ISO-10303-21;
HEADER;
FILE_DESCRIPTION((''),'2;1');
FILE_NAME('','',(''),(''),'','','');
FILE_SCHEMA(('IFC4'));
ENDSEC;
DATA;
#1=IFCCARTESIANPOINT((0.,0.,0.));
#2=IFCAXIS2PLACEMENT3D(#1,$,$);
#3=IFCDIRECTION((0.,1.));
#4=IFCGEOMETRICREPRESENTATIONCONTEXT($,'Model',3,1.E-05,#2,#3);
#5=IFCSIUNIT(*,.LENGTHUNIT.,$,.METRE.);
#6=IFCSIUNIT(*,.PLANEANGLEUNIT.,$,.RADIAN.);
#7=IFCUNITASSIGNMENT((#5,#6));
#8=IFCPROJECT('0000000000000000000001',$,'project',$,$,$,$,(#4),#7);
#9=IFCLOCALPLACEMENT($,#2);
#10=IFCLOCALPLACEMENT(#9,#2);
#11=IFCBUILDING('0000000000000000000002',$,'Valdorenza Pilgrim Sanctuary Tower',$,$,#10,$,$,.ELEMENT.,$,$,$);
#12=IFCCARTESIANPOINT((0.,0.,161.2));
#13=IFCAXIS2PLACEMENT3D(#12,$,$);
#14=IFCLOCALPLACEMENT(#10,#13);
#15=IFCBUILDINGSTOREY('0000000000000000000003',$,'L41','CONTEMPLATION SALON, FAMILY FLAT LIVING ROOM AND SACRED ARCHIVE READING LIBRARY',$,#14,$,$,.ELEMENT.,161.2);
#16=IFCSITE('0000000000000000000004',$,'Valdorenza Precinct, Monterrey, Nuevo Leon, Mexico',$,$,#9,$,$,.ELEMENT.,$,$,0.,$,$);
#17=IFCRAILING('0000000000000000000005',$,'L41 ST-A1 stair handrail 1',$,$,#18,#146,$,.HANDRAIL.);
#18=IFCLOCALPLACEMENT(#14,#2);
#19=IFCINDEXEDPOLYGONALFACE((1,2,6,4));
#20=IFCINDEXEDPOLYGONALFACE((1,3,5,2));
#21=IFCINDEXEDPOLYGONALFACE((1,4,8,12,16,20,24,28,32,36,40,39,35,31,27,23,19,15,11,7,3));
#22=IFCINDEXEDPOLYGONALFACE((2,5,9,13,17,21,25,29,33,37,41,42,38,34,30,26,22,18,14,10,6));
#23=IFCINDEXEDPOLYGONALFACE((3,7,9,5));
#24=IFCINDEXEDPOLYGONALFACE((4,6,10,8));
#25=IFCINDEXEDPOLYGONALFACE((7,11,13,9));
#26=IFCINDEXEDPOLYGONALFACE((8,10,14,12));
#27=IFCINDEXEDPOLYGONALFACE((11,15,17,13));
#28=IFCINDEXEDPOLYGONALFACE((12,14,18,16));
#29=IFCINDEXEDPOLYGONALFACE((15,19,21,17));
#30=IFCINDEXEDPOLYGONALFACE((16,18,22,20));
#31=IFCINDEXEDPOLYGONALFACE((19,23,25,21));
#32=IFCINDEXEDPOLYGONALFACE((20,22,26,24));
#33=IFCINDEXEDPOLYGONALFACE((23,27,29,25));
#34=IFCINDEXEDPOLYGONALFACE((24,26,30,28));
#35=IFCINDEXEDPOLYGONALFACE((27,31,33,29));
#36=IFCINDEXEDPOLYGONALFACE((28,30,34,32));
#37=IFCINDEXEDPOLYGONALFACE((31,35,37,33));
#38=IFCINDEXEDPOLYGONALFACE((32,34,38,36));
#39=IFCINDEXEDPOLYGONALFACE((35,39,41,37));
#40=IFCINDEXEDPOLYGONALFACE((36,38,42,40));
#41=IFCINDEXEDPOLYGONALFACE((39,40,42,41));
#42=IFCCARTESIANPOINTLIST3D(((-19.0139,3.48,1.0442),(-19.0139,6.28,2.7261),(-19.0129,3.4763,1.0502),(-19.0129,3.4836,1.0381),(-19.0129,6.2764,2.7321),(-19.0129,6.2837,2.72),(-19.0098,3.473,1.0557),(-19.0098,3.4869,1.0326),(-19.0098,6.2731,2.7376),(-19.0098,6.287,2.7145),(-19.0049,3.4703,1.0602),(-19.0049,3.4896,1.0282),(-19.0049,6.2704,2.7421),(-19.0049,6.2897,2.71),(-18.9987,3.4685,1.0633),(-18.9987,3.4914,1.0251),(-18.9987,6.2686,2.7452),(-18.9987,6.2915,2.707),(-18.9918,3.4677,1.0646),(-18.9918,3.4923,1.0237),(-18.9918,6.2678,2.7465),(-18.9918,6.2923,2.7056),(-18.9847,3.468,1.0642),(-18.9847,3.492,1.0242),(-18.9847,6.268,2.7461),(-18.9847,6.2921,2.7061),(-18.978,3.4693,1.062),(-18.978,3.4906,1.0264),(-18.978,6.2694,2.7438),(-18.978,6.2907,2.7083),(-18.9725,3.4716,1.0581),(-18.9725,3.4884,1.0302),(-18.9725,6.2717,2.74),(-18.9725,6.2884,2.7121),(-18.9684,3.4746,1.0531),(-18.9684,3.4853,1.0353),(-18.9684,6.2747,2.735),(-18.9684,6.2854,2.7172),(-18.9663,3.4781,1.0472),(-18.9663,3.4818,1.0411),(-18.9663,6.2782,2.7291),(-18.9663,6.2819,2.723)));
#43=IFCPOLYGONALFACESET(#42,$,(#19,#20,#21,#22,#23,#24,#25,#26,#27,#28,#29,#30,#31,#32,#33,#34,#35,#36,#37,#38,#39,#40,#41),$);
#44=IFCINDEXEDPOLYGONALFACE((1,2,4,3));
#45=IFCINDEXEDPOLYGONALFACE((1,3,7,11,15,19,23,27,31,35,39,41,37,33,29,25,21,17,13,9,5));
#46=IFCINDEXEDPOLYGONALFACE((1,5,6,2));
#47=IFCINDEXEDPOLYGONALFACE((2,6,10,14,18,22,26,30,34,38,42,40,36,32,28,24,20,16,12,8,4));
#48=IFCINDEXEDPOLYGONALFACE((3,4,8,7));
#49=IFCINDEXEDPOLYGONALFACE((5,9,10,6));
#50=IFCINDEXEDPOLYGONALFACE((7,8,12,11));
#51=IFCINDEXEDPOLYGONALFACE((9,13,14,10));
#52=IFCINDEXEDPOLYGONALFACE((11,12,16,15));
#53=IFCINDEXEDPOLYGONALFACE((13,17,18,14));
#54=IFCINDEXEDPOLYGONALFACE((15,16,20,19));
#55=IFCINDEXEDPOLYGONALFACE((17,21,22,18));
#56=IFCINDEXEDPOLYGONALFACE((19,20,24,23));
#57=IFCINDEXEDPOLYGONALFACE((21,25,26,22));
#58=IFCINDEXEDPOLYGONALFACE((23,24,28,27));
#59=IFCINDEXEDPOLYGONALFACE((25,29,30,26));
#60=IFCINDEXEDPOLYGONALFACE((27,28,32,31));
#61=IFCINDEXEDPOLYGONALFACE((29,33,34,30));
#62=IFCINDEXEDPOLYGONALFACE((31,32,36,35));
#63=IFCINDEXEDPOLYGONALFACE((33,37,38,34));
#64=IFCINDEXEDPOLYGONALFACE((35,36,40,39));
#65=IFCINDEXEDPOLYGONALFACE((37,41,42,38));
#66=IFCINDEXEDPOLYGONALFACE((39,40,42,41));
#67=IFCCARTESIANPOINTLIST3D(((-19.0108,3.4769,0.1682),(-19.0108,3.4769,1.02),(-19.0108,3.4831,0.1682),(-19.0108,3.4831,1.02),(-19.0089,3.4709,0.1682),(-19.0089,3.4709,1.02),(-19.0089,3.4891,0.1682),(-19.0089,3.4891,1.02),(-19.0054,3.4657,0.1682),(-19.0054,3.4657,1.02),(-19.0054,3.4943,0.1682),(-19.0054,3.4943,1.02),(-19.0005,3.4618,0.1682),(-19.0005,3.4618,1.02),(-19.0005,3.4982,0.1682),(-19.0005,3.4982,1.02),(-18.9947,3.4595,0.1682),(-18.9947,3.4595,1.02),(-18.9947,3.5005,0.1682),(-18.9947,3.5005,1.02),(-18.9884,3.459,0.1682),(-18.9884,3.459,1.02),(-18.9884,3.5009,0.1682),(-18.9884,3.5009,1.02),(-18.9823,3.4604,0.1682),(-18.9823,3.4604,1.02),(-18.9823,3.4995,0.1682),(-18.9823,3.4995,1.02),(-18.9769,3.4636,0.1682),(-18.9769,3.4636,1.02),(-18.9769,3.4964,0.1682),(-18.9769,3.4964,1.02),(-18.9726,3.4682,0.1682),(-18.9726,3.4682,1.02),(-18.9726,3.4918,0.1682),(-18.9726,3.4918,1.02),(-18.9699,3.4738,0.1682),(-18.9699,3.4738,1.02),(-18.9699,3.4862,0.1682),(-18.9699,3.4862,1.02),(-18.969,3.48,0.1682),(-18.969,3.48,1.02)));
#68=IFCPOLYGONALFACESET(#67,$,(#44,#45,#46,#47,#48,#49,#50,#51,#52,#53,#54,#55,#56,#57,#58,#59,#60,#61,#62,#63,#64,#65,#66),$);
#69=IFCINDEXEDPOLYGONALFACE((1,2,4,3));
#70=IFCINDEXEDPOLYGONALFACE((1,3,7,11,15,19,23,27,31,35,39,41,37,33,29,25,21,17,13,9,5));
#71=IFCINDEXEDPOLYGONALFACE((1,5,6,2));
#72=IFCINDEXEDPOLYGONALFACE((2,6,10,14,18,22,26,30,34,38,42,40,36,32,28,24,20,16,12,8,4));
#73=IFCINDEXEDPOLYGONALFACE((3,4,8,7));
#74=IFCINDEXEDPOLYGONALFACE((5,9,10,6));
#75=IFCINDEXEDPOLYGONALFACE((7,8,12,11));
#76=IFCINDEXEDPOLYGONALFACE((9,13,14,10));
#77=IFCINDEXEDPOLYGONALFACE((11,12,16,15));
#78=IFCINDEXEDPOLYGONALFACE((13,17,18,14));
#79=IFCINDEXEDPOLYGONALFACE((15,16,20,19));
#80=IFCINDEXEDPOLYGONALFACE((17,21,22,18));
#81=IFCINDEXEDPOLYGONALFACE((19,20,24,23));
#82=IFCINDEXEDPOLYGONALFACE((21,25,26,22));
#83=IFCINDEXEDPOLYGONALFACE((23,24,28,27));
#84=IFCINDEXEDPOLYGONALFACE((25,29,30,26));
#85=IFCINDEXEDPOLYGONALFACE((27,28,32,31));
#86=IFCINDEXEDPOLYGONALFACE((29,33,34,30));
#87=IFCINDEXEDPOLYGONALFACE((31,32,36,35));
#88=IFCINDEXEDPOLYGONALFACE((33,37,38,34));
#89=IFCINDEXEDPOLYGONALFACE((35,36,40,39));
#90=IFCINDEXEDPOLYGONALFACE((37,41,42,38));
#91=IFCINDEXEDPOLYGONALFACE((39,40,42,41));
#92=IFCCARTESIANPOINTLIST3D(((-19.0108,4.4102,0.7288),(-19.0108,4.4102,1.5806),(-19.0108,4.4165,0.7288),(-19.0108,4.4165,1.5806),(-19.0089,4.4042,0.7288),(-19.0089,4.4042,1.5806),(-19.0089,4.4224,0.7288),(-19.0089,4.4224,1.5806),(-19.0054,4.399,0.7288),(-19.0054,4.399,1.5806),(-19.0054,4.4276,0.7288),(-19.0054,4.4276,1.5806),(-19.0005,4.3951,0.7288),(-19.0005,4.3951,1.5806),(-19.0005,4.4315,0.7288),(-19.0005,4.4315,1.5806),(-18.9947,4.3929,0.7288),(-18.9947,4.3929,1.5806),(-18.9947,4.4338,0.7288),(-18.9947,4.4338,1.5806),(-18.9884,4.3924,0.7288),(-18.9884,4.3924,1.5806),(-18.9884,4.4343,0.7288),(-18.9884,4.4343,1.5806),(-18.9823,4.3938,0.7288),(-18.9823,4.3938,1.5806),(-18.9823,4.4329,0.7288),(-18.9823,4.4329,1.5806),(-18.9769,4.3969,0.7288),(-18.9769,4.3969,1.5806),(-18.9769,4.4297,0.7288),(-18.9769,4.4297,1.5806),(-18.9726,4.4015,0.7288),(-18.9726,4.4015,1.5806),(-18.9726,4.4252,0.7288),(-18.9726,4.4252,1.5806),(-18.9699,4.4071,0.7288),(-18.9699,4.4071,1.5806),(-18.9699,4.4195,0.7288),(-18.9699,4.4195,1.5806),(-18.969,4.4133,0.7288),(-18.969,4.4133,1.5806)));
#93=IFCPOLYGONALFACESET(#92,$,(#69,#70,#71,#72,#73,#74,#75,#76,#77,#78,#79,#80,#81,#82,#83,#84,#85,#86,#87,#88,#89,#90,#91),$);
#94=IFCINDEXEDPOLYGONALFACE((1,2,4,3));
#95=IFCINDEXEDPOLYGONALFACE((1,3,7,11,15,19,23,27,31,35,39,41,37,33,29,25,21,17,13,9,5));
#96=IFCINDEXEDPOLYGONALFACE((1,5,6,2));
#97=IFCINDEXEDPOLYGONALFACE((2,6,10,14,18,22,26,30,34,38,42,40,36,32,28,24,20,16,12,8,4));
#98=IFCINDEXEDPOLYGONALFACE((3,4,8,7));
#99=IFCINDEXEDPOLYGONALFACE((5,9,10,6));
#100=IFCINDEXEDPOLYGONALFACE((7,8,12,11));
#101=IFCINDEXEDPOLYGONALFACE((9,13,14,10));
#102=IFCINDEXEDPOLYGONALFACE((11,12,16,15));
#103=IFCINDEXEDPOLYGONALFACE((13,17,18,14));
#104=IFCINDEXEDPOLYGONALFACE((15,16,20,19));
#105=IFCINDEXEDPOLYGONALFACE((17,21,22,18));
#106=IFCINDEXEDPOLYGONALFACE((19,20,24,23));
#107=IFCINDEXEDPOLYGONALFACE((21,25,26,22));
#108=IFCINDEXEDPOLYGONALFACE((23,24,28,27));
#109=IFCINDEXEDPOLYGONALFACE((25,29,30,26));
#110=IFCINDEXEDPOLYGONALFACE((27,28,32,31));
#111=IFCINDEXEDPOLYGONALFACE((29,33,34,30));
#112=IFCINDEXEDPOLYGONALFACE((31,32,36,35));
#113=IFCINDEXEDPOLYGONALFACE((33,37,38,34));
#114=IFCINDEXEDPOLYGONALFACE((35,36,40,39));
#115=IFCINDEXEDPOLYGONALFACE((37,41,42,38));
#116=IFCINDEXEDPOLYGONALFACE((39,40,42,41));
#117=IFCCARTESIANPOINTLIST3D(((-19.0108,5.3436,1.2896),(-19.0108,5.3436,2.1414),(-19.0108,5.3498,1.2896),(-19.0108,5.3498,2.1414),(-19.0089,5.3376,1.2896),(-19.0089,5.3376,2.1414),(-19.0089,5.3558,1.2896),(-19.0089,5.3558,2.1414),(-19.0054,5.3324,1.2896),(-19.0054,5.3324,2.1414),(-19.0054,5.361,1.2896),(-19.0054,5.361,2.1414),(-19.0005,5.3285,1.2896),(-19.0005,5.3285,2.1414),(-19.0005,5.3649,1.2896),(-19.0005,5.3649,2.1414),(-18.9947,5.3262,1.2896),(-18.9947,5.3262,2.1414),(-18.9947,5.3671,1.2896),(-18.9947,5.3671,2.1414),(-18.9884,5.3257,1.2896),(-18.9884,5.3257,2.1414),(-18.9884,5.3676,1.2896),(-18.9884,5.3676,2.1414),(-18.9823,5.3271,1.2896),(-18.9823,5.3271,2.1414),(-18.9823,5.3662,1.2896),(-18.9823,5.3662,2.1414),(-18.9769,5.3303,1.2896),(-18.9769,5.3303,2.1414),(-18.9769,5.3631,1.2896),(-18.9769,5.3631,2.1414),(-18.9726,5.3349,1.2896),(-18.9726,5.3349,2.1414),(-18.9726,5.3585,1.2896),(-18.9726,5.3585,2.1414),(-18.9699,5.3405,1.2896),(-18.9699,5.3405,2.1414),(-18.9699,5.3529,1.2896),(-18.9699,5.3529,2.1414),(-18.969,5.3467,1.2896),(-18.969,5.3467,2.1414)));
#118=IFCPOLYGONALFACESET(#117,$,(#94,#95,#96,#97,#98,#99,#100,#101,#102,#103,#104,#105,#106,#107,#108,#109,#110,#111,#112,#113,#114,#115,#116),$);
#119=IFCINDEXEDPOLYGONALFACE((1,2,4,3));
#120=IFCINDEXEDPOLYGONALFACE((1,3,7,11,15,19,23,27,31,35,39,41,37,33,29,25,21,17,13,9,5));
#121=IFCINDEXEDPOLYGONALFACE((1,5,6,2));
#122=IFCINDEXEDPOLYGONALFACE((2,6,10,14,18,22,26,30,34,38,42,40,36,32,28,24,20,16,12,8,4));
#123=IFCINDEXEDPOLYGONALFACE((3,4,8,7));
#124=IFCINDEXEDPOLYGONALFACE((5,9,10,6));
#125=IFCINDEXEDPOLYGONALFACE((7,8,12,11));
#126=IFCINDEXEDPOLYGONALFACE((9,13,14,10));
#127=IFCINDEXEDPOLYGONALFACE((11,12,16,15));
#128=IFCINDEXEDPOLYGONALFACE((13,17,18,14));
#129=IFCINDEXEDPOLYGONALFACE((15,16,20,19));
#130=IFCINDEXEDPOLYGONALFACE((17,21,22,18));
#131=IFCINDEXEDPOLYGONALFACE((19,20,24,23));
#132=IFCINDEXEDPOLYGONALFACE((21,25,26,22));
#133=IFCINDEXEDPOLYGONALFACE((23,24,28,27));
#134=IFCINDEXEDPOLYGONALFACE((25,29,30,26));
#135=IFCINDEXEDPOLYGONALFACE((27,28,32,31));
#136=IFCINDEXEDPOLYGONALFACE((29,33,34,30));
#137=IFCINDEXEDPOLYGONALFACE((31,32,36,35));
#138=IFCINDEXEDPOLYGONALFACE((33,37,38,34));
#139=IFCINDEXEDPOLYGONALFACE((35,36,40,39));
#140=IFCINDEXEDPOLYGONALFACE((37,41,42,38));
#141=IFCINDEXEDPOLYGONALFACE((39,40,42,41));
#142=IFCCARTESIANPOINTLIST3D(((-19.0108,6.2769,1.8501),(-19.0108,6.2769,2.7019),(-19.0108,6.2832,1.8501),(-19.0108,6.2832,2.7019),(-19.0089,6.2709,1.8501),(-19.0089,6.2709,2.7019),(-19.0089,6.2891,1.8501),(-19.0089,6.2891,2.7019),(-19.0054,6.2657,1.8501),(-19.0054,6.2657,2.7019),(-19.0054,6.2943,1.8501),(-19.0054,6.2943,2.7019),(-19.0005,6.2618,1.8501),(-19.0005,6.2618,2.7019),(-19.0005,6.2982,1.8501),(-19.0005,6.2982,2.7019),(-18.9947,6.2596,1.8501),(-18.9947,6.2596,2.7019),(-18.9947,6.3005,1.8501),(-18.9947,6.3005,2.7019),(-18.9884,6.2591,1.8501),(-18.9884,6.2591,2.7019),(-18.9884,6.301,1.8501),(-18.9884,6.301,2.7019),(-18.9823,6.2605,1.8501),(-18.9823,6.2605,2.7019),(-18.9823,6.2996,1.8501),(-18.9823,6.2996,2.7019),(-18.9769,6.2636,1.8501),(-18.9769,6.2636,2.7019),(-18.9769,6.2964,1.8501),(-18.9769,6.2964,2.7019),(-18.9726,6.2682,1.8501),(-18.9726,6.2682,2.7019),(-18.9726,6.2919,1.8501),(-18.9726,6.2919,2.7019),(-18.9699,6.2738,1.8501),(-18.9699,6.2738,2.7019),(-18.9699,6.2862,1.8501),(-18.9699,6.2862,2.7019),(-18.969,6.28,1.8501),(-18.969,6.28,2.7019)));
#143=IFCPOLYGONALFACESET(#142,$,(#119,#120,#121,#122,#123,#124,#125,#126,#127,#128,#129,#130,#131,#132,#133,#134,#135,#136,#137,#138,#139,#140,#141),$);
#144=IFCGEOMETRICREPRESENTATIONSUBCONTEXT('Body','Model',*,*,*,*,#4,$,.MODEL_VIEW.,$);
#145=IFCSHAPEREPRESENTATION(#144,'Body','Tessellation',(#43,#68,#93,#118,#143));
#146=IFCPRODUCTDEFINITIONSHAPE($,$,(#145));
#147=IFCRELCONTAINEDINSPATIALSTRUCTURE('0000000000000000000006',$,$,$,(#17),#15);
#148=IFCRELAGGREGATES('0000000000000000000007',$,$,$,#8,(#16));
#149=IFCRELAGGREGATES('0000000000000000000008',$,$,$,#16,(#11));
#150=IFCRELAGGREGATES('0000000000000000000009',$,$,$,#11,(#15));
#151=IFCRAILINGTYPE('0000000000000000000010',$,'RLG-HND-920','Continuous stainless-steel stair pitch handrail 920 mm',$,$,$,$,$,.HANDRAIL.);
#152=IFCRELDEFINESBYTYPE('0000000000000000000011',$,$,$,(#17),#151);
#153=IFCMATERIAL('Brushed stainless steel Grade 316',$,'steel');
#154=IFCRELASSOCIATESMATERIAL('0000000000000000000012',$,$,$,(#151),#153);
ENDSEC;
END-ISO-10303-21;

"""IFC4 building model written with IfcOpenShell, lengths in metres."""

from ifc_helpers import new_model, si_unit, direction, frame, origin, origin_2d, place, context, subcontext, project, spatial, circle, extrude, material, type_object, element, save


model = new_model("IFC4")

# Units and contexts
model_context = context("Model", 3, precision=1e-05, world=origin(), true_north=direction((0.0, 1.0)))
body_context = subcontext(model_context, "Body", "Model", "MODEL_VIEW")
ifc_project = project(units=[si_unit("LENGTHUNIT", "METRE"), si_unit("PLANEANGLEUNIT", "RADIAN")], contexts=[model_context])

# Site, building, storey
site_placement = place(None, origin())
site = spatial("IfcSite", under=ifc_project, at=site_placement, Name="Valdorenza Precinct, Monterrey, Nuevo Leon, Mexico", CompositionType="ELEMENT", RefElevation=0.0)
building_placement = place(site_placement, origin())
building = spatial("IfcBuilding", under=site, at=building_placement, Name="Valdorenza Pilgrim Sanctuary Tower", CompositionType="ELEMENT")
storey_placement = place(building_placement, frame((0.0, 0.0, 161.2)))
storey = spatial("IfcBuildingStorey", under=building, at=storey_placement, Name="L41", Description="CONTEMPLATION SALON, FAMILY FLAT LIVING ROOM AND SACRED ARCHIVE READING LIBRARY", CompositionType="ELEMENT", Elevation=161.2)

# Shared definitions
ifc_material_1 = material(Name="Brushed stainless steel Grade 316", Category="steel")

# Railing
railing_type = type_object("IfcRailingType", Name="RLG-HND-920", Description="Continuous stainless-steel stair pitch handrail 920 mm", PredefinedType="HANDRAIL", material=ifc_material_1)
railing_placement = place(storey_placement, frame((-18.99, 3.48, 0.1682)))
element("IfcRailing", 1, at=railing_placement, inside=storey, type_object=railing_type, Name="L41 ST-A1 stair handrail 1", PredefinedType="HANDRAIL", context=body_context, shape_type="SweptSolid", body=[
    extrude(circle(Radius=0.0239, at=origin_2d()), frame((0.0, 0.0, 0.876), z_axis=(0.0, 0.857242, 0.514913), x_axis=(-1.0, 0.0, 0.0)), (0.0, 0.0, 1.0), 3.2664),
    extrude(circle(Radius=0.021, at=origin_2d()), origin(), (0.0, 0.0, 1.0), 0.8518),
    extrude(circle(Radius=0.021, at=origin_2d()), frame((0.0, 0.9333, 0.5605)), (0.0, 0.0, 1.0), 0.8518),
    extrude(circle(Radius=0.021, at=origin_2d()), frame((0.0, 1.8667, 1.1213)), (0.0, 0.0, 1.0), 0.8518),
    extrude(circle(Radius=0.021, at=origin_2d()), frame((0.0, 2.8, 1.6819)), (0.0, 0.0, 1.0), 0.8518),
])

save(model, "model.ifc")
